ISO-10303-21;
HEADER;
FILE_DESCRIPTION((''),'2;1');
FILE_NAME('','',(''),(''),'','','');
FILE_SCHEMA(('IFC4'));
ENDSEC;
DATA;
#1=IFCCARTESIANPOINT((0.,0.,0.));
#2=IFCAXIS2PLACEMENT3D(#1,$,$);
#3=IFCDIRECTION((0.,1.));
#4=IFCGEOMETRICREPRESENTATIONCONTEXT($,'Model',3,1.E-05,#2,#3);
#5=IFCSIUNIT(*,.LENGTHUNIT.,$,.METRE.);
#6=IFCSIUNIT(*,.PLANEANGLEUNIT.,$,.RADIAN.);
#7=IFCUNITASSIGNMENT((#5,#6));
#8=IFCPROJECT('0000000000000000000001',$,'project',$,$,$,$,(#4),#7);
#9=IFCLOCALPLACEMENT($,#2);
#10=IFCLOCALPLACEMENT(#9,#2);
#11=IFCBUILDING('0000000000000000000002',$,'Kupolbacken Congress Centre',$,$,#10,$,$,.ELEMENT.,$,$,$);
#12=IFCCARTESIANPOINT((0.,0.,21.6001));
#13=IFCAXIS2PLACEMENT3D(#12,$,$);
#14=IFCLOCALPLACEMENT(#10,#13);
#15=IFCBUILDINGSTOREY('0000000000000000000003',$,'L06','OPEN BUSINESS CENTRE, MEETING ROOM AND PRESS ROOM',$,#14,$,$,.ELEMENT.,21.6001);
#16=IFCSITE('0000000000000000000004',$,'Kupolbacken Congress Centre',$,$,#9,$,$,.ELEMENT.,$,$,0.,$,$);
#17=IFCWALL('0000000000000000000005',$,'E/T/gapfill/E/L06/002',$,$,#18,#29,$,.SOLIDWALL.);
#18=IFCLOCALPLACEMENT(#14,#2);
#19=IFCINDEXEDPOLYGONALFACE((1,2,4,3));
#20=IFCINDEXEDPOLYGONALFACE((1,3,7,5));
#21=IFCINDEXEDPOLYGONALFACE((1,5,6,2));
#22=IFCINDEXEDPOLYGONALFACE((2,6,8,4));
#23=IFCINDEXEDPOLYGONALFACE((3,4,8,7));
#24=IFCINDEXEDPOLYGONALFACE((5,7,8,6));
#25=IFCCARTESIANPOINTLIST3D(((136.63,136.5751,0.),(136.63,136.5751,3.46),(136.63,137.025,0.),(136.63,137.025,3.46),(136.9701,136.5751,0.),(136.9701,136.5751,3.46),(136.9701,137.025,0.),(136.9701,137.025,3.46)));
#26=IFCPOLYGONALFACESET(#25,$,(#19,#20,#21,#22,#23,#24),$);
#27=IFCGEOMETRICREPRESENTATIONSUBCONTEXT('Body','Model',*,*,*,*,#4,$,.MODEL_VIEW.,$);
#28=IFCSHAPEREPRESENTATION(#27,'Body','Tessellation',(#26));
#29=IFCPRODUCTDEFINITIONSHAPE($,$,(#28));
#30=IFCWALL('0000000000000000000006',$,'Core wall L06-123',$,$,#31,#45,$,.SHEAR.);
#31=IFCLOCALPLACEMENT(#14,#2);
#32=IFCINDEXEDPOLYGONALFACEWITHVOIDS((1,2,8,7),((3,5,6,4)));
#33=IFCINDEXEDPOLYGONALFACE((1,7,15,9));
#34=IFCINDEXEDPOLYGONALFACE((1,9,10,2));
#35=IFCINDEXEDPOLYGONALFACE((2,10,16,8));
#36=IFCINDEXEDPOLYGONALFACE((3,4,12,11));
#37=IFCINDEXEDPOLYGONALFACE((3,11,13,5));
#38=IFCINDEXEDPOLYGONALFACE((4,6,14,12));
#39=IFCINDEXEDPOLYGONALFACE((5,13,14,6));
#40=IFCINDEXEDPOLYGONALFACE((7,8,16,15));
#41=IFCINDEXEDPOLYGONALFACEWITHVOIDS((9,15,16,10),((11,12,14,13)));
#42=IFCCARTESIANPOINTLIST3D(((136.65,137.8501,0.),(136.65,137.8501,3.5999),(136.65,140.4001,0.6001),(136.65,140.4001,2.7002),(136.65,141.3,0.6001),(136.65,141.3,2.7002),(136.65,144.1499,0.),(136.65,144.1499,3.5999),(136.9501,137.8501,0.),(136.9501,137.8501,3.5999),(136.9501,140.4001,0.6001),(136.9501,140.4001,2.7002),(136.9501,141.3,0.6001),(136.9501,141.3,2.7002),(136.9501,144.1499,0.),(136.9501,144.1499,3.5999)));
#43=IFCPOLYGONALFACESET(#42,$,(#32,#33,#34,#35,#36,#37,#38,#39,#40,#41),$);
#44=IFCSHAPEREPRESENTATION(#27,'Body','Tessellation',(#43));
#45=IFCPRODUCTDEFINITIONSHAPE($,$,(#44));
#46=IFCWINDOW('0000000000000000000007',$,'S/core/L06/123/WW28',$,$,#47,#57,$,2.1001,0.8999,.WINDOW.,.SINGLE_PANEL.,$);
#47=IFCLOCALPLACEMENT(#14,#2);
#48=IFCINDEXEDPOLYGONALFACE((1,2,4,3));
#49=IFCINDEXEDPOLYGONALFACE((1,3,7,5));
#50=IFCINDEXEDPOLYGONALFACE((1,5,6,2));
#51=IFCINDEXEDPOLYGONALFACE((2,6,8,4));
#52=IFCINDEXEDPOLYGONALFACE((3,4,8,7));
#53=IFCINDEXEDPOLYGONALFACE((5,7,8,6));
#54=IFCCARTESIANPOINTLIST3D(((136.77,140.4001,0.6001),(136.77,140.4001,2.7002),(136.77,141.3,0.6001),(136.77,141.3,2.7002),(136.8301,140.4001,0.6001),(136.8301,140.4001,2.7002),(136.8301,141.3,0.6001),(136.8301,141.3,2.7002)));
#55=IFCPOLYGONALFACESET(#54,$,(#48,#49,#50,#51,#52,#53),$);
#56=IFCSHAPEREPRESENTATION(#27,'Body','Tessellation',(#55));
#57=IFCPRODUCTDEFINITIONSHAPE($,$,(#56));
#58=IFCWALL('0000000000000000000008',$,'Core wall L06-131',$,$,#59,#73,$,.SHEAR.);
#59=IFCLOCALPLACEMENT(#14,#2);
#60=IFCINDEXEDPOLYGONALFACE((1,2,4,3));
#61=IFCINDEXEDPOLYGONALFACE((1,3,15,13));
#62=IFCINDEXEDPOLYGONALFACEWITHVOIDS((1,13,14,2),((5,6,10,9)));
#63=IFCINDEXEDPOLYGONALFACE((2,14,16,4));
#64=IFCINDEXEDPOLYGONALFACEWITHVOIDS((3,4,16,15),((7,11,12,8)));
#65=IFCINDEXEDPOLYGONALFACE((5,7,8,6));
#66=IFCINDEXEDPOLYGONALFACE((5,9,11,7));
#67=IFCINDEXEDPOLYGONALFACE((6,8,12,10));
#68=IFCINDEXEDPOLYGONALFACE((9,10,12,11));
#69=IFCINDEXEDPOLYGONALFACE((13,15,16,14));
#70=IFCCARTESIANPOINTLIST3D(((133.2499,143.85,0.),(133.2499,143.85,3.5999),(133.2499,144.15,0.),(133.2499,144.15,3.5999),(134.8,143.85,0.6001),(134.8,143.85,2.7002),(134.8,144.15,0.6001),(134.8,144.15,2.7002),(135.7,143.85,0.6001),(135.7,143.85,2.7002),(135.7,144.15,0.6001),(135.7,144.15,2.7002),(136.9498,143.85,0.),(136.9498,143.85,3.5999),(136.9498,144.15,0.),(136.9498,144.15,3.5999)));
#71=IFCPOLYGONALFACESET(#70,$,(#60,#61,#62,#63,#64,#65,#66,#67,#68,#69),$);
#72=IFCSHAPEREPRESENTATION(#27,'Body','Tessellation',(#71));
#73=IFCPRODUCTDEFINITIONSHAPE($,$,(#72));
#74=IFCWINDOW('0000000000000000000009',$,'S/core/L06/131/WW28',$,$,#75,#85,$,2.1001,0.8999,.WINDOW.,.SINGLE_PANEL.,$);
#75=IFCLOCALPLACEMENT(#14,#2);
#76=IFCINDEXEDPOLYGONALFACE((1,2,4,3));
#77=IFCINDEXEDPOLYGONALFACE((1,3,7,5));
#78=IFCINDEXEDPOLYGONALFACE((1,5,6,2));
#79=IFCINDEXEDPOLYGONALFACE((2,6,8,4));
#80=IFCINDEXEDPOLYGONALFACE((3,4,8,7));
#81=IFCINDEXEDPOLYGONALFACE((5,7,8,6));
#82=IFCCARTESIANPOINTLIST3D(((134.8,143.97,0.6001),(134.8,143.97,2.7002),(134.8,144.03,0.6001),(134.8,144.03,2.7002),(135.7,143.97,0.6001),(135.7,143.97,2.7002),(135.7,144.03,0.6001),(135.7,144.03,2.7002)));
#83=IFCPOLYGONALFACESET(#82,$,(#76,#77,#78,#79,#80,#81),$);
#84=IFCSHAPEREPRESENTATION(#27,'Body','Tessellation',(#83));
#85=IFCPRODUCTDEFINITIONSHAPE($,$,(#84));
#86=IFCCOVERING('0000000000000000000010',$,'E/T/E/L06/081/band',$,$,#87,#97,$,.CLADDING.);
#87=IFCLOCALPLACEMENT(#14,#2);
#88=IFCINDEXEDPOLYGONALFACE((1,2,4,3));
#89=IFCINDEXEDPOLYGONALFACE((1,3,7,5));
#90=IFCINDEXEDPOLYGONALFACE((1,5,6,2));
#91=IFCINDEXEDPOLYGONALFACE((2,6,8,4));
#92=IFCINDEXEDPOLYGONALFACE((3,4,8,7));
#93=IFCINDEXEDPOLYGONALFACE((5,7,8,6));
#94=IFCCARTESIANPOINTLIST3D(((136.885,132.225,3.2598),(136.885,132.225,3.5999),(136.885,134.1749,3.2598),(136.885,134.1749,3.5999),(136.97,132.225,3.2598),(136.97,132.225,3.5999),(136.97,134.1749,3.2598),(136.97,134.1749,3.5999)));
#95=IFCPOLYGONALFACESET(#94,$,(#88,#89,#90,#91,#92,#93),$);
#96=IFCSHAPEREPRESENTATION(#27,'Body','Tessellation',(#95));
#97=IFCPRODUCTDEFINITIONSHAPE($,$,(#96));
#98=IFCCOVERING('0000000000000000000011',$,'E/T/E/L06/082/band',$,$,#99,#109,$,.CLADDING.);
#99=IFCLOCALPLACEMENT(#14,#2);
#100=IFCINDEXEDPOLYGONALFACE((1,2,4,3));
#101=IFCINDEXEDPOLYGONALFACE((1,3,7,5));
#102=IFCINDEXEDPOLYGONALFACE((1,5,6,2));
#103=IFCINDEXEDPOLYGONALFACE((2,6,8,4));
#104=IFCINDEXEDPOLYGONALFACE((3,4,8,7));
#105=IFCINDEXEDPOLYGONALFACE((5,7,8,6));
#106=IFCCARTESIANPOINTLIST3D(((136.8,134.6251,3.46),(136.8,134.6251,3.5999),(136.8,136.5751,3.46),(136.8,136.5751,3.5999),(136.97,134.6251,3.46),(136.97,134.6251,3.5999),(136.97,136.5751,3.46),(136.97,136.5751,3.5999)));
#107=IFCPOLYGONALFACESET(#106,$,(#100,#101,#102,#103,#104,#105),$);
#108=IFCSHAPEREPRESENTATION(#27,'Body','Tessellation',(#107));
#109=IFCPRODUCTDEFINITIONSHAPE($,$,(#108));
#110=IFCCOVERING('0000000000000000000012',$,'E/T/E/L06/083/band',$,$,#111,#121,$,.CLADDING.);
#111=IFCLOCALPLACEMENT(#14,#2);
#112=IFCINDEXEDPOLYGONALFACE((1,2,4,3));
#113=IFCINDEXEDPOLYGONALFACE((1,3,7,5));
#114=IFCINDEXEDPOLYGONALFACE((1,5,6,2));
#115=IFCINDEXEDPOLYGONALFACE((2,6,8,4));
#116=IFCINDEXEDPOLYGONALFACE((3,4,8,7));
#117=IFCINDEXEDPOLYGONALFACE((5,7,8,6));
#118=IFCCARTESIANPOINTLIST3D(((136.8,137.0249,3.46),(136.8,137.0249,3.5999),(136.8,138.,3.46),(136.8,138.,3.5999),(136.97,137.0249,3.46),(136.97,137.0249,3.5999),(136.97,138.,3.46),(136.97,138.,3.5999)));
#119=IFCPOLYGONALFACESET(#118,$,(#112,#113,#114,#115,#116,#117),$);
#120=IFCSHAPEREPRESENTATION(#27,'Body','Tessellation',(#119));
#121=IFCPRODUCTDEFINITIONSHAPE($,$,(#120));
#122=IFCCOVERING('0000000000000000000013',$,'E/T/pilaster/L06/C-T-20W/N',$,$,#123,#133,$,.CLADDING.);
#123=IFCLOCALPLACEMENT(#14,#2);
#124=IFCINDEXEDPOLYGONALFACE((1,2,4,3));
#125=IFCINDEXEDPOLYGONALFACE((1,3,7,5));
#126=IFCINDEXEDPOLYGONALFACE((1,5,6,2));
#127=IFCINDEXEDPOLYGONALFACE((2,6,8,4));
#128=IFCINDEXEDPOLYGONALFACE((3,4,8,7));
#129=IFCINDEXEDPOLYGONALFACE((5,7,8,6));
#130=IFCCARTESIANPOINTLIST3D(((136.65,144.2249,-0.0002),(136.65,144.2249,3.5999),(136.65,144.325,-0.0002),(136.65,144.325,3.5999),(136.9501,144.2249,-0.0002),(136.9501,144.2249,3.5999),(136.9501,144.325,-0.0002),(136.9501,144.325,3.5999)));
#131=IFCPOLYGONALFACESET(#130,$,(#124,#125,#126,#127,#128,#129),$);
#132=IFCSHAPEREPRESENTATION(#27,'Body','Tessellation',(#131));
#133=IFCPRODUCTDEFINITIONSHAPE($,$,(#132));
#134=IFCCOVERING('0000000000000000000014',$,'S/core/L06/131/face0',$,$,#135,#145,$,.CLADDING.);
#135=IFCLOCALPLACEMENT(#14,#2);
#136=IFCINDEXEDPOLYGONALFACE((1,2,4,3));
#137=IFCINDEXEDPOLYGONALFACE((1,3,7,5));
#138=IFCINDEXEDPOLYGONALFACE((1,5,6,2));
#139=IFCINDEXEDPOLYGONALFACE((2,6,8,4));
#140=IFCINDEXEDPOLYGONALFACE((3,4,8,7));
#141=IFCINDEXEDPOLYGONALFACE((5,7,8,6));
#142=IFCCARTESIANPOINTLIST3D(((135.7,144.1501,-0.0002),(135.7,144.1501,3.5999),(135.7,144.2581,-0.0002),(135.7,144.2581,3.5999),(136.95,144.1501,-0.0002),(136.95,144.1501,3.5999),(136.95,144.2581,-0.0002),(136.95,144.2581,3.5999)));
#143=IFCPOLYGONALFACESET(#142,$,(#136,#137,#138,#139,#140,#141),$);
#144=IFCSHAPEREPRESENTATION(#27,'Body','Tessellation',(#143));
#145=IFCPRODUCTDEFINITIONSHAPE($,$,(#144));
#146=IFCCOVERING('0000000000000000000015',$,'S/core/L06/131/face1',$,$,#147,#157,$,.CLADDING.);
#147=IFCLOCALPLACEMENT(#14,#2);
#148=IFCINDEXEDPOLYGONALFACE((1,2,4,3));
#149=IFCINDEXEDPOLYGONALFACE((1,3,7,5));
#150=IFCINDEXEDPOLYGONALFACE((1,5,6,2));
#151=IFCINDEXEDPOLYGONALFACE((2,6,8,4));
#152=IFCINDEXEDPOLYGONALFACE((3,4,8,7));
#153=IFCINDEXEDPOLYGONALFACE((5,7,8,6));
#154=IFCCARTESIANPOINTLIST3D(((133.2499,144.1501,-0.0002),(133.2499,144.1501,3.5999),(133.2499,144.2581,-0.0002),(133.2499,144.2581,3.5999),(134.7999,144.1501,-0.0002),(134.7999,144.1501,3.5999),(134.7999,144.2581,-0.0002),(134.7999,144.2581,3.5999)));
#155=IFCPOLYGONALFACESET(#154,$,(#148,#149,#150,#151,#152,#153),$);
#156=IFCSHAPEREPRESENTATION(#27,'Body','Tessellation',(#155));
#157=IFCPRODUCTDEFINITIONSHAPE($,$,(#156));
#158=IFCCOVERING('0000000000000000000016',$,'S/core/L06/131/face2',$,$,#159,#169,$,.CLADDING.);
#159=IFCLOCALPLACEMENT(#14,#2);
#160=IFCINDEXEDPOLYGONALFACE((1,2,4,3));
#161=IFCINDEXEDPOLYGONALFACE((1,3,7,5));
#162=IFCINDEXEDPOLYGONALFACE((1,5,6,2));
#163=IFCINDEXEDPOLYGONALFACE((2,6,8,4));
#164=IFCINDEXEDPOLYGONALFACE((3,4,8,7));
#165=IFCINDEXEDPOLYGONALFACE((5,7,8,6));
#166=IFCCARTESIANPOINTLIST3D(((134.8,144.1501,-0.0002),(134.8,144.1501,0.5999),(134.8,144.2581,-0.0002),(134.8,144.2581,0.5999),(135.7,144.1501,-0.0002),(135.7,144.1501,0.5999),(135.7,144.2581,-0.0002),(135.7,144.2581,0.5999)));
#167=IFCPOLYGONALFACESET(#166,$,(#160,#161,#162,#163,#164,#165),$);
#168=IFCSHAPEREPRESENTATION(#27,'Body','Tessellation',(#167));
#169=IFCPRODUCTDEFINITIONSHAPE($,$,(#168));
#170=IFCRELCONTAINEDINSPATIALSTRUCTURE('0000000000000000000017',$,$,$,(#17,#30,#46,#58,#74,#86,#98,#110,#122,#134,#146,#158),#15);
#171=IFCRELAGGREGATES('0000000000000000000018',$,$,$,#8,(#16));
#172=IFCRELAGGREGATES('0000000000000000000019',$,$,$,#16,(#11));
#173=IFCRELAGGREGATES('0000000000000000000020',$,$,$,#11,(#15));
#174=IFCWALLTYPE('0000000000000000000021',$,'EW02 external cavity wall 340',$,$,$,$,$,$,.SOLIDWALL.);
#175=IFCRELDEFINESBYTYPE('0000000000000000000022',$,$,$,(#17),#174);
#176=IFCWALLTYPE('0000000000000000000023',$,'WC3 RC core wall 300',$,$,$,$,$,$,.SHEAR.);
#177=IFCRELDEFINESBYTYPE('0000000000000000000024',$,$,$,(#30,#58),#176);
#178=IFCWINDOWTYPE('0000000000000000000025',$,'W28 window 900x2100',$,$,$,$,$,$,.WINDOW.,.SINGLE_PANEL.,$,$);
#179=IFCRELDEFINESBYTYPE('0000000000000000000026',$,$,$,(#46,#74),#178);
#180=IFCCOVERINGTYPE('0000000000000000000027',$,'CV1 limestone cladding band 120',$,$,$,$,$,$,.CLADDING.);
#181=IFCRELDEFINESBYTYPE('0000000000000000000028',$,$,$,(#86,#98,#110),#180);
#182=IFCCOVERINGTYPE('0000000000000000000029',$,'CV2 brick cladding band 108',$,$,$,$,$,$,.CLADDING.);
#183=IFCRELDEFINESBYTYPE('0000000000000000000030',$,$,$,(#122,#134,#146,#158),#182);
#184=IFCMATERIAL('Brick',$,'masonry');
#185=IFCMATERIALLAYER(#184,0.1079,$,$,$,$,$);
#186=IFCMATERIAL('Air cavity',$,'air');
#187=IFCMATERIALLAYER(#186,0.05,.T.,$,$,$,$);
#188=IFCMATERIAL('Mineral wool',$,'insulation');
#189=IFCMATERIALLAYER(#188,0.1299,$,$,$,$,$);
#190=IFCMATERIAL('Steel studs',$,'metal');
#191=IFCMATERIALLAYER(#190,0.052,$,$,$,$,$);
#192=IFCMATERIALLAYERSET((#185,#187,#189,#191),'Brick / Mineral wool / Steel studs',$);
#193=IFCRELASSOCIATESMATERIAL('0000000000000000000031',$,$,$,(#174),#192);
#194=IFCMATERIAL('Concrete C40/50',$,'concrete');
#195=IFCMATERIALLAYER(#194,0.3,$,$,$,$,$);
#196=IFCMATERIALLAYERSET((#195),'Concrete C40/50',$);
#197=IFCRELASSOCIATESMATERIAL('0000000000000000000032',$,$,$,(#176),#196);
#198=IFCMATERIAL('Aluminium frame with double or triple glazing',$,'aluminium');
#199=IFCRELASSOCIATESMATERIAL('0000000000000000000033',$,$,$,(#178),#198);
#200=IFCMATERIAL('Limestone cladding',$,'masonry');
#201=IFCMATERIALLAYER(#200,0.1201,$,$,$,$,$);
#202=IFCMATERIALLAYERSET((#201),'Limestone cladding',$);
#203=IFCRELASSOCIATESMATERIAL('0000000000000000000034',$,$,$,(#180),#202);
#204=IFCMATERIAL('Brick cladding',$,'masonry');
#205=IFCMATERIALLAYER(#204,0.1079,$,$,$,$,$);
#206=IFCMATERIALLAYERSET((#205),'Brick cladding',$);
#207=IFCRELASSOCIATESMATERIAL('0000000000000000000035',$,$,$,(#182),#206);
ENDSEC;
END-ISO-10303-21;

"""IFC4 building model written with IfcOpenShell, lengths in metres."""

from ifc_helpers import new_model, si_unit, direction, frame, frame_2d, origin, origin_2d, place, context, subcontext, project, spatial, rectangle, extrude, material, layer, layer_set, type_object, element, fill, save


model = new_model("IFC4")

# Units and contexts
model_context = context("Model", 3, precision=1e-05, world=origin(), true_north=direction((0.0, 1.0)))
body_context = subcontext(model_context, "Body", "Model", "MODEL_VIEW")
ifc_project = project(units=[si_unit("LENGTHUNIT", "METRE"), si_unit("PLANEANGLEUNIT", "RADIAN")], contexts=[model_context])

# Site, building, storey
site_placement = place(None, origin())
site = spatial("IfcSite", under=ifc_project, at=site_placement, Name="Kupolbacken Congress Centre", CompositionType="ELEMENT", RefElevation=0.0)
building_placement = place(site_placement, origin())
building = spatial("IfcBuilding", under=site, at=building_placement, Name="Kupolbacken Congress Centre", CompositionType="ELEMENT")
storey_placement = place(building_placement, frame((0.0, 0.0, 21.6001)))
storey = spatial("IfcBuildingStorey", under=building, at=storey_placement, Name="L06", Description="OPEN BUSINESS CENTRE, MEETING ROOM AND PRESS ROOM", CompositionType="ELEMENT", Elevation=21.6001)

# Wall
ifc_material_1 = material(Name="Brick", Category="masonry")
ifc_layer_1 = layer(ifc_material_1, 0.1079)
ifc_material_2 = material(Name="Air cavity", Category="air")
ifc_layer_2 = layer(ifc_material_2, 0.05, ventilated=True)
ifc_material_3 = material(Name="Mineral wool", Category="insulation")
ifc_layer_3 = layer(ifc_material_3, 0.1299)
ifc_material_4 = material(Name="Steel studs", Category="metal")
ifc_layer_4 = layer(ifc_material_4, 0.052)
ifc_layer_set_1 = layer_set([ifc_layer_1, ifc_layer_2, ifc_layer_3, ifc_layer_4], Name="Brick / Mineral wool / Steel studs")
wall_type_1 = type_object("IfcWallType", Name="EW02 external cavity wall 340", PredefinedType="SOLIDWALL", material=ifc_layer_set_1)
wall_1_placement = place(storey_placement, frame((136.8, 136.575, 0.0), z_axis=(0.0, 0.0, 1.0), x_axis=(0.0, 1.0, 0.0)))
element("IfcWall", 1, at=wall_1_placement, inside=storey, type_object=wall_type_1, Name="E/T/gapfill/E/L06/002", PredefinedType="SOLIDWALL", context=body_context, shape_type="SweptSolid", body=[
    extrude(rectangle(XDim=0.45, YDim=0.3401, at=frame_2d((0.2251, 0.0))), origin(), (0.0, 0.0, 1.0), 3.46),
])

# Walls, openings, windows
ifc_material_5 = material(Name="Concrete C40/50", Category="concrete")
ifc_layer_5 = layer(ifc_material_5, 0.3)
ifc_layer_set_2 = layer_set([ifc_layer_5], Name="Concrete C40/50")
wall_type_2 = type_object("IfcWallType", Name="WC3 RC core wall 300", PredefinedType="SHEAR", material=ifc_layer_set_2)
wall_2_placement = place(storey_placement, frame((136.8, 137.8501, 0.0), z_axis=(0.0, 0.0, 1.0), x_axis=(0.0, 1.0, 0.0)))
wall_2 = element("IfcWall", 2, at=wall_2_placement, inside=storey, type_object=wall_type_2, Name="Core wall L06-123", PredefinedType="SHEAR", context=body_context, shape_type="SweptSolid", body=[
    extrude(rectangle(XDim=6.2998, YDim=0.3, at=frame_2d((3.1499, 0.0))), origin(), (0.0, 0.0, 1.0), 3.5999),
])
opening_1_placement = place(wall_2_placement, frame((2.55, 0.0, 0.6001)))
opening_1 = element("IfcOpeningElement", 3, at=opening_1_placement, cuts=wall_2, PredefinedType="OPENING", context=body_context, shape_type="SweptSolid", body=[
    extrude(rectangle(XDim=0.8999, YDim=2.1001, at=frame_2d((0.45, 1.05))), frame((0.0, 0.1599, 0.0), z_axis=(0.0, -1.0, 0.0), x_axis=(1.0, 0.0, 0.0)), (0.0, 0.0, 1.0), 0.3201),
])
ifc_material_6 = material(Name="Aluminium frame with double or triple glazing", Category="aluminium")
window_type = type_object("IfcWindowType", Name="W28 window 900x2100", PartitioningType="SINGLE_PANEL", PredefinedType="WINDOW", material=ifc_material_6)
window_1_placement = place(opening_1_placement, origin())
window_1 = element("IfcWindow", 4, at=window_1_placement, inside=storey, type_object=window_type, Name="S/core/L06/123/WW28", OverallHeight=2.1001, OverallWidth=0.8999, PartitioningType="SINGLE_PANEL", PredefinedType="WINDOW", context=body_context, shape_type="SweptSolid", body=[
    extrude(rectangle(XDim=0.8999, YDim=2.1001, at=frame_2d((0.45, 1.05))), frame((0.0, 0.03, 0.0), z_axis=(0.0, -1.0, 0.0), x_axis=(1.0, 0.0, 0.0)), (0.0, 0.0, 1.0), 0.0601),
])
fill(opening_1, window_1)
wall_3_placement = place(storey_placement, frame((136.95, 144.0, 0.0), z_axis=(0.0, 0.0, 1.0), x_axis=(-1.0, 0.0, 0.0)))
wall_3 = element("IfcWall", 5, at=wall_3_placement, inside=storey, type_object=wall_type_2, Name="Core wall L06-131", PredefinedType="SHEAR", context=body_context, shape_type="SweptSolid", body=[
    extrude(rectangle(XDim=3.7, YDim=0.3, at=frame_2d((1.8501, 0.0))), origin(), (0.0, 0.0, 1.0), 3.5999),
])
opening_2_placement = place(wall_3_placement, frame((1.25, 0.0, 0.6001)))
opening_2 = element("IfcOpeningElement", 6, at=opening_2_placement, cuts=wall_3, PredefinedType="OPENING", context=body_context, shape_type="SweptSolid", body=[
    extrude(rectangle(XDim=0.8999, YDim=2.1001, at=frame_2d((0.45, 1.05))), frame((0.0, 0.1599, 0.0), z_axis=(0.0, -1.0, 0.0), x_axis=(1.0, 0.0, 0.0)), (0.0, 0.0, 1.0), 0.3201),
])
window_2_placement = place(opening_2_placement, origin())
window_2 = element("IfcWindow", 7, at=window_2_placement, inside=storey, type_object=window_type, Name="S/core/L06/131/WW28", OverallHeight=2.1001, OverallWidth=0.8999, PartitioningType="SINGLE_PANEL", PredefinedType="WINDOW", context=body_context, shape_type="SweptSolid", body=[
    extrude(rectangle(XDim=0.8999, YDim=2.1001, at=frame_2d((0.45, 1.05))), frame((0.0, 0.03, 0.0), z_axis=(0.0, -1.0, 0.0), x_axis=(1.0, 0.0, 0.0)), (0.0, 0.0, 1.0), 0.0601),
])
fill(opening_2, window_2)

# Coverings
ifc_material_7 = material(Name="Limestone cladding", Category="masonry")
ifc_layer_6 = layer(ifc_material_7, 0.1201)
ifc_layer_set_3 = layer_set([ifc_layer_6], Name="Limestone cladding")
covering_type_1 = type_object("IfcCoveringType", Name="CV1 limestone cladding band 120", PredefinedType="CLADDING", material=ifc_layer_set_3)
covering_1_placement = place(storey_placement, frame((136.9275, 133.2, 3.2598), z_axis=(0.0, 0.0, 1.0), x_axis=(0.0, 1.0, 0.0)))
element("IfcCovering", 8, at=covering_1_placement, inside=storey, type_object=covering_type_1, Name="E/T/E/L06/081/band", PredefinedType="CLADDING", context=body_context, shape_type="SweptSolid", body=[
    extrude(rectangle(XDim=1.95, YDim=0.085, at=origin_2d()), origin(), (0.0, 0.0, 1.0), 0.3401),
])
covering_2_placement = place(storey_placement, frame((136.885, 135.6001, 3.46), z_axis=(0.0, 0.0, 1.0), x_axis=(0.0, 1.0, 0.0)))
element("IfcCovering", 9, at=covering_2_placement, inside=storey, type_object=covering_type_1, Name="E/T/E/L06/082/band", PredefinedType="CLADDING", context=body_context, shape_type="SweptSolid", body=[
    extrude(rectangle(XDim=1.95, YDim=0.1699, at=origin_2d()), origin(), (0.0, 0.0, 1.0), 0.1399),
])
covering_3_placement = place(storey_placement, frame((136.885, 137.5125, 3.46), z_axis=(0.0, 0.0, 1.0), x_axis=(0.0, 1.0, 0.0)))
element("IfcCovering", 10, at=covering_3_placement, inside=storey, type_object=covering_type_1, Name="E/T/E/L06/083/band", PredefinedType="CLADDING", context=body_context, shape_type="SweptSolid", body=[
    extrude(rectangle(XDim=0.9751, YDim=0.1699, at=origin_2d()), origin(), (0.0, 0.0, 1.0), 0.1399),
])
ifc_material_8 = material(Name="Brick cladding", Category="masonry")
ifc_layer_7 = layer(ifc_material_8, 0.1079)
ifc_layer_set_4 = layer_set([ifc_layer_7], Name="Brick cladding")
covering_type_2 = type_object("IfcCoveringType", Name="CV2 brick cladding band 108", PredefinedType="CLADDING", material=ifc_layer_set_4)
covering_4_placement = place(storey_placement, frame((136.8, 144.2749, -0.0002), z_axis=(0.0, 0.0, 1.0), x_axis=(1.0, 0.0, 0.0)))
element("IfcCovering", 11, at=covering_4_placement, inside=storey, type_object=covering_type_2, Name="E/T/pilaster/L06/C-T-20W/N", PredefinedType="CLADDING", context=body_context, shape_type="SweptSolid", body=[
    extrude(rectangle(XDim=0.3, YDim=0.1001, at=origin_2d()), origin(), (0.0, 0.0, 1.0), 3.6001),
])
covering_5_placement = place(storey_placement, frame((136.325, 144.2041, -0.0002), z_axis=(0.0, 0.0, 1.0), x_axis=(-1.0, 0.0, 0.0)))
element("IfcCovering", 12, at=covering_5_placement, inside=storey, type_object=covering_type_2, Name="S/core/L06/131/face0", PredefinedType="CLADDING", context=body_context, shape_type="SweptSolid", body=[
    extrude(rectangle(XDim=1.25, YDim=0.1079, at=origin_2d()), origin(), (0.0, 0.0, 1.0), 3.6001),
])
covering_6_placement = place(storey_placement, frame((134.0249, 144.2041, -0.0002), z_axis=(0.0, 0.0, 1.0), x_axis=(-1.0, 0.0, 0.0)))
element("IfcCovering", 13, at=covering_6_placement, inside=storey, type_object=covering_type_2, Name="S/core/L06/131/face1", PredefinedType="CLADDING", context=body_context, shape_type="SweptSolid", body=[
    extrude(rectangle(XDim=1.55, YDim=0.1079, at=origin_2d()), origin(), (0.0, 0.0, 1.0), 3.6001),
])
covering_7_placement = place(storey_placement, frame((135.25, 144.2041, -0.0002), z_axis=(0.0, 0.0, 1.0), x_axis=(-1.0, 0.0, 0.0)))
element("IfcCovering", 14, at=covering_7_placement, inside=storey, type_object=covering_type_2, Name="S/core/L06/131/face2", PredefinedType="CLADDING", context=body_context, shape_type="SweptSolid", body=[
    extrude(rectangle(XDim=0.8999, YDim=0.1079, at=origin_2d()), origin(), (0.0, 0.0, 1.0), 0.6001),
])

save(model, "model.ifc")
